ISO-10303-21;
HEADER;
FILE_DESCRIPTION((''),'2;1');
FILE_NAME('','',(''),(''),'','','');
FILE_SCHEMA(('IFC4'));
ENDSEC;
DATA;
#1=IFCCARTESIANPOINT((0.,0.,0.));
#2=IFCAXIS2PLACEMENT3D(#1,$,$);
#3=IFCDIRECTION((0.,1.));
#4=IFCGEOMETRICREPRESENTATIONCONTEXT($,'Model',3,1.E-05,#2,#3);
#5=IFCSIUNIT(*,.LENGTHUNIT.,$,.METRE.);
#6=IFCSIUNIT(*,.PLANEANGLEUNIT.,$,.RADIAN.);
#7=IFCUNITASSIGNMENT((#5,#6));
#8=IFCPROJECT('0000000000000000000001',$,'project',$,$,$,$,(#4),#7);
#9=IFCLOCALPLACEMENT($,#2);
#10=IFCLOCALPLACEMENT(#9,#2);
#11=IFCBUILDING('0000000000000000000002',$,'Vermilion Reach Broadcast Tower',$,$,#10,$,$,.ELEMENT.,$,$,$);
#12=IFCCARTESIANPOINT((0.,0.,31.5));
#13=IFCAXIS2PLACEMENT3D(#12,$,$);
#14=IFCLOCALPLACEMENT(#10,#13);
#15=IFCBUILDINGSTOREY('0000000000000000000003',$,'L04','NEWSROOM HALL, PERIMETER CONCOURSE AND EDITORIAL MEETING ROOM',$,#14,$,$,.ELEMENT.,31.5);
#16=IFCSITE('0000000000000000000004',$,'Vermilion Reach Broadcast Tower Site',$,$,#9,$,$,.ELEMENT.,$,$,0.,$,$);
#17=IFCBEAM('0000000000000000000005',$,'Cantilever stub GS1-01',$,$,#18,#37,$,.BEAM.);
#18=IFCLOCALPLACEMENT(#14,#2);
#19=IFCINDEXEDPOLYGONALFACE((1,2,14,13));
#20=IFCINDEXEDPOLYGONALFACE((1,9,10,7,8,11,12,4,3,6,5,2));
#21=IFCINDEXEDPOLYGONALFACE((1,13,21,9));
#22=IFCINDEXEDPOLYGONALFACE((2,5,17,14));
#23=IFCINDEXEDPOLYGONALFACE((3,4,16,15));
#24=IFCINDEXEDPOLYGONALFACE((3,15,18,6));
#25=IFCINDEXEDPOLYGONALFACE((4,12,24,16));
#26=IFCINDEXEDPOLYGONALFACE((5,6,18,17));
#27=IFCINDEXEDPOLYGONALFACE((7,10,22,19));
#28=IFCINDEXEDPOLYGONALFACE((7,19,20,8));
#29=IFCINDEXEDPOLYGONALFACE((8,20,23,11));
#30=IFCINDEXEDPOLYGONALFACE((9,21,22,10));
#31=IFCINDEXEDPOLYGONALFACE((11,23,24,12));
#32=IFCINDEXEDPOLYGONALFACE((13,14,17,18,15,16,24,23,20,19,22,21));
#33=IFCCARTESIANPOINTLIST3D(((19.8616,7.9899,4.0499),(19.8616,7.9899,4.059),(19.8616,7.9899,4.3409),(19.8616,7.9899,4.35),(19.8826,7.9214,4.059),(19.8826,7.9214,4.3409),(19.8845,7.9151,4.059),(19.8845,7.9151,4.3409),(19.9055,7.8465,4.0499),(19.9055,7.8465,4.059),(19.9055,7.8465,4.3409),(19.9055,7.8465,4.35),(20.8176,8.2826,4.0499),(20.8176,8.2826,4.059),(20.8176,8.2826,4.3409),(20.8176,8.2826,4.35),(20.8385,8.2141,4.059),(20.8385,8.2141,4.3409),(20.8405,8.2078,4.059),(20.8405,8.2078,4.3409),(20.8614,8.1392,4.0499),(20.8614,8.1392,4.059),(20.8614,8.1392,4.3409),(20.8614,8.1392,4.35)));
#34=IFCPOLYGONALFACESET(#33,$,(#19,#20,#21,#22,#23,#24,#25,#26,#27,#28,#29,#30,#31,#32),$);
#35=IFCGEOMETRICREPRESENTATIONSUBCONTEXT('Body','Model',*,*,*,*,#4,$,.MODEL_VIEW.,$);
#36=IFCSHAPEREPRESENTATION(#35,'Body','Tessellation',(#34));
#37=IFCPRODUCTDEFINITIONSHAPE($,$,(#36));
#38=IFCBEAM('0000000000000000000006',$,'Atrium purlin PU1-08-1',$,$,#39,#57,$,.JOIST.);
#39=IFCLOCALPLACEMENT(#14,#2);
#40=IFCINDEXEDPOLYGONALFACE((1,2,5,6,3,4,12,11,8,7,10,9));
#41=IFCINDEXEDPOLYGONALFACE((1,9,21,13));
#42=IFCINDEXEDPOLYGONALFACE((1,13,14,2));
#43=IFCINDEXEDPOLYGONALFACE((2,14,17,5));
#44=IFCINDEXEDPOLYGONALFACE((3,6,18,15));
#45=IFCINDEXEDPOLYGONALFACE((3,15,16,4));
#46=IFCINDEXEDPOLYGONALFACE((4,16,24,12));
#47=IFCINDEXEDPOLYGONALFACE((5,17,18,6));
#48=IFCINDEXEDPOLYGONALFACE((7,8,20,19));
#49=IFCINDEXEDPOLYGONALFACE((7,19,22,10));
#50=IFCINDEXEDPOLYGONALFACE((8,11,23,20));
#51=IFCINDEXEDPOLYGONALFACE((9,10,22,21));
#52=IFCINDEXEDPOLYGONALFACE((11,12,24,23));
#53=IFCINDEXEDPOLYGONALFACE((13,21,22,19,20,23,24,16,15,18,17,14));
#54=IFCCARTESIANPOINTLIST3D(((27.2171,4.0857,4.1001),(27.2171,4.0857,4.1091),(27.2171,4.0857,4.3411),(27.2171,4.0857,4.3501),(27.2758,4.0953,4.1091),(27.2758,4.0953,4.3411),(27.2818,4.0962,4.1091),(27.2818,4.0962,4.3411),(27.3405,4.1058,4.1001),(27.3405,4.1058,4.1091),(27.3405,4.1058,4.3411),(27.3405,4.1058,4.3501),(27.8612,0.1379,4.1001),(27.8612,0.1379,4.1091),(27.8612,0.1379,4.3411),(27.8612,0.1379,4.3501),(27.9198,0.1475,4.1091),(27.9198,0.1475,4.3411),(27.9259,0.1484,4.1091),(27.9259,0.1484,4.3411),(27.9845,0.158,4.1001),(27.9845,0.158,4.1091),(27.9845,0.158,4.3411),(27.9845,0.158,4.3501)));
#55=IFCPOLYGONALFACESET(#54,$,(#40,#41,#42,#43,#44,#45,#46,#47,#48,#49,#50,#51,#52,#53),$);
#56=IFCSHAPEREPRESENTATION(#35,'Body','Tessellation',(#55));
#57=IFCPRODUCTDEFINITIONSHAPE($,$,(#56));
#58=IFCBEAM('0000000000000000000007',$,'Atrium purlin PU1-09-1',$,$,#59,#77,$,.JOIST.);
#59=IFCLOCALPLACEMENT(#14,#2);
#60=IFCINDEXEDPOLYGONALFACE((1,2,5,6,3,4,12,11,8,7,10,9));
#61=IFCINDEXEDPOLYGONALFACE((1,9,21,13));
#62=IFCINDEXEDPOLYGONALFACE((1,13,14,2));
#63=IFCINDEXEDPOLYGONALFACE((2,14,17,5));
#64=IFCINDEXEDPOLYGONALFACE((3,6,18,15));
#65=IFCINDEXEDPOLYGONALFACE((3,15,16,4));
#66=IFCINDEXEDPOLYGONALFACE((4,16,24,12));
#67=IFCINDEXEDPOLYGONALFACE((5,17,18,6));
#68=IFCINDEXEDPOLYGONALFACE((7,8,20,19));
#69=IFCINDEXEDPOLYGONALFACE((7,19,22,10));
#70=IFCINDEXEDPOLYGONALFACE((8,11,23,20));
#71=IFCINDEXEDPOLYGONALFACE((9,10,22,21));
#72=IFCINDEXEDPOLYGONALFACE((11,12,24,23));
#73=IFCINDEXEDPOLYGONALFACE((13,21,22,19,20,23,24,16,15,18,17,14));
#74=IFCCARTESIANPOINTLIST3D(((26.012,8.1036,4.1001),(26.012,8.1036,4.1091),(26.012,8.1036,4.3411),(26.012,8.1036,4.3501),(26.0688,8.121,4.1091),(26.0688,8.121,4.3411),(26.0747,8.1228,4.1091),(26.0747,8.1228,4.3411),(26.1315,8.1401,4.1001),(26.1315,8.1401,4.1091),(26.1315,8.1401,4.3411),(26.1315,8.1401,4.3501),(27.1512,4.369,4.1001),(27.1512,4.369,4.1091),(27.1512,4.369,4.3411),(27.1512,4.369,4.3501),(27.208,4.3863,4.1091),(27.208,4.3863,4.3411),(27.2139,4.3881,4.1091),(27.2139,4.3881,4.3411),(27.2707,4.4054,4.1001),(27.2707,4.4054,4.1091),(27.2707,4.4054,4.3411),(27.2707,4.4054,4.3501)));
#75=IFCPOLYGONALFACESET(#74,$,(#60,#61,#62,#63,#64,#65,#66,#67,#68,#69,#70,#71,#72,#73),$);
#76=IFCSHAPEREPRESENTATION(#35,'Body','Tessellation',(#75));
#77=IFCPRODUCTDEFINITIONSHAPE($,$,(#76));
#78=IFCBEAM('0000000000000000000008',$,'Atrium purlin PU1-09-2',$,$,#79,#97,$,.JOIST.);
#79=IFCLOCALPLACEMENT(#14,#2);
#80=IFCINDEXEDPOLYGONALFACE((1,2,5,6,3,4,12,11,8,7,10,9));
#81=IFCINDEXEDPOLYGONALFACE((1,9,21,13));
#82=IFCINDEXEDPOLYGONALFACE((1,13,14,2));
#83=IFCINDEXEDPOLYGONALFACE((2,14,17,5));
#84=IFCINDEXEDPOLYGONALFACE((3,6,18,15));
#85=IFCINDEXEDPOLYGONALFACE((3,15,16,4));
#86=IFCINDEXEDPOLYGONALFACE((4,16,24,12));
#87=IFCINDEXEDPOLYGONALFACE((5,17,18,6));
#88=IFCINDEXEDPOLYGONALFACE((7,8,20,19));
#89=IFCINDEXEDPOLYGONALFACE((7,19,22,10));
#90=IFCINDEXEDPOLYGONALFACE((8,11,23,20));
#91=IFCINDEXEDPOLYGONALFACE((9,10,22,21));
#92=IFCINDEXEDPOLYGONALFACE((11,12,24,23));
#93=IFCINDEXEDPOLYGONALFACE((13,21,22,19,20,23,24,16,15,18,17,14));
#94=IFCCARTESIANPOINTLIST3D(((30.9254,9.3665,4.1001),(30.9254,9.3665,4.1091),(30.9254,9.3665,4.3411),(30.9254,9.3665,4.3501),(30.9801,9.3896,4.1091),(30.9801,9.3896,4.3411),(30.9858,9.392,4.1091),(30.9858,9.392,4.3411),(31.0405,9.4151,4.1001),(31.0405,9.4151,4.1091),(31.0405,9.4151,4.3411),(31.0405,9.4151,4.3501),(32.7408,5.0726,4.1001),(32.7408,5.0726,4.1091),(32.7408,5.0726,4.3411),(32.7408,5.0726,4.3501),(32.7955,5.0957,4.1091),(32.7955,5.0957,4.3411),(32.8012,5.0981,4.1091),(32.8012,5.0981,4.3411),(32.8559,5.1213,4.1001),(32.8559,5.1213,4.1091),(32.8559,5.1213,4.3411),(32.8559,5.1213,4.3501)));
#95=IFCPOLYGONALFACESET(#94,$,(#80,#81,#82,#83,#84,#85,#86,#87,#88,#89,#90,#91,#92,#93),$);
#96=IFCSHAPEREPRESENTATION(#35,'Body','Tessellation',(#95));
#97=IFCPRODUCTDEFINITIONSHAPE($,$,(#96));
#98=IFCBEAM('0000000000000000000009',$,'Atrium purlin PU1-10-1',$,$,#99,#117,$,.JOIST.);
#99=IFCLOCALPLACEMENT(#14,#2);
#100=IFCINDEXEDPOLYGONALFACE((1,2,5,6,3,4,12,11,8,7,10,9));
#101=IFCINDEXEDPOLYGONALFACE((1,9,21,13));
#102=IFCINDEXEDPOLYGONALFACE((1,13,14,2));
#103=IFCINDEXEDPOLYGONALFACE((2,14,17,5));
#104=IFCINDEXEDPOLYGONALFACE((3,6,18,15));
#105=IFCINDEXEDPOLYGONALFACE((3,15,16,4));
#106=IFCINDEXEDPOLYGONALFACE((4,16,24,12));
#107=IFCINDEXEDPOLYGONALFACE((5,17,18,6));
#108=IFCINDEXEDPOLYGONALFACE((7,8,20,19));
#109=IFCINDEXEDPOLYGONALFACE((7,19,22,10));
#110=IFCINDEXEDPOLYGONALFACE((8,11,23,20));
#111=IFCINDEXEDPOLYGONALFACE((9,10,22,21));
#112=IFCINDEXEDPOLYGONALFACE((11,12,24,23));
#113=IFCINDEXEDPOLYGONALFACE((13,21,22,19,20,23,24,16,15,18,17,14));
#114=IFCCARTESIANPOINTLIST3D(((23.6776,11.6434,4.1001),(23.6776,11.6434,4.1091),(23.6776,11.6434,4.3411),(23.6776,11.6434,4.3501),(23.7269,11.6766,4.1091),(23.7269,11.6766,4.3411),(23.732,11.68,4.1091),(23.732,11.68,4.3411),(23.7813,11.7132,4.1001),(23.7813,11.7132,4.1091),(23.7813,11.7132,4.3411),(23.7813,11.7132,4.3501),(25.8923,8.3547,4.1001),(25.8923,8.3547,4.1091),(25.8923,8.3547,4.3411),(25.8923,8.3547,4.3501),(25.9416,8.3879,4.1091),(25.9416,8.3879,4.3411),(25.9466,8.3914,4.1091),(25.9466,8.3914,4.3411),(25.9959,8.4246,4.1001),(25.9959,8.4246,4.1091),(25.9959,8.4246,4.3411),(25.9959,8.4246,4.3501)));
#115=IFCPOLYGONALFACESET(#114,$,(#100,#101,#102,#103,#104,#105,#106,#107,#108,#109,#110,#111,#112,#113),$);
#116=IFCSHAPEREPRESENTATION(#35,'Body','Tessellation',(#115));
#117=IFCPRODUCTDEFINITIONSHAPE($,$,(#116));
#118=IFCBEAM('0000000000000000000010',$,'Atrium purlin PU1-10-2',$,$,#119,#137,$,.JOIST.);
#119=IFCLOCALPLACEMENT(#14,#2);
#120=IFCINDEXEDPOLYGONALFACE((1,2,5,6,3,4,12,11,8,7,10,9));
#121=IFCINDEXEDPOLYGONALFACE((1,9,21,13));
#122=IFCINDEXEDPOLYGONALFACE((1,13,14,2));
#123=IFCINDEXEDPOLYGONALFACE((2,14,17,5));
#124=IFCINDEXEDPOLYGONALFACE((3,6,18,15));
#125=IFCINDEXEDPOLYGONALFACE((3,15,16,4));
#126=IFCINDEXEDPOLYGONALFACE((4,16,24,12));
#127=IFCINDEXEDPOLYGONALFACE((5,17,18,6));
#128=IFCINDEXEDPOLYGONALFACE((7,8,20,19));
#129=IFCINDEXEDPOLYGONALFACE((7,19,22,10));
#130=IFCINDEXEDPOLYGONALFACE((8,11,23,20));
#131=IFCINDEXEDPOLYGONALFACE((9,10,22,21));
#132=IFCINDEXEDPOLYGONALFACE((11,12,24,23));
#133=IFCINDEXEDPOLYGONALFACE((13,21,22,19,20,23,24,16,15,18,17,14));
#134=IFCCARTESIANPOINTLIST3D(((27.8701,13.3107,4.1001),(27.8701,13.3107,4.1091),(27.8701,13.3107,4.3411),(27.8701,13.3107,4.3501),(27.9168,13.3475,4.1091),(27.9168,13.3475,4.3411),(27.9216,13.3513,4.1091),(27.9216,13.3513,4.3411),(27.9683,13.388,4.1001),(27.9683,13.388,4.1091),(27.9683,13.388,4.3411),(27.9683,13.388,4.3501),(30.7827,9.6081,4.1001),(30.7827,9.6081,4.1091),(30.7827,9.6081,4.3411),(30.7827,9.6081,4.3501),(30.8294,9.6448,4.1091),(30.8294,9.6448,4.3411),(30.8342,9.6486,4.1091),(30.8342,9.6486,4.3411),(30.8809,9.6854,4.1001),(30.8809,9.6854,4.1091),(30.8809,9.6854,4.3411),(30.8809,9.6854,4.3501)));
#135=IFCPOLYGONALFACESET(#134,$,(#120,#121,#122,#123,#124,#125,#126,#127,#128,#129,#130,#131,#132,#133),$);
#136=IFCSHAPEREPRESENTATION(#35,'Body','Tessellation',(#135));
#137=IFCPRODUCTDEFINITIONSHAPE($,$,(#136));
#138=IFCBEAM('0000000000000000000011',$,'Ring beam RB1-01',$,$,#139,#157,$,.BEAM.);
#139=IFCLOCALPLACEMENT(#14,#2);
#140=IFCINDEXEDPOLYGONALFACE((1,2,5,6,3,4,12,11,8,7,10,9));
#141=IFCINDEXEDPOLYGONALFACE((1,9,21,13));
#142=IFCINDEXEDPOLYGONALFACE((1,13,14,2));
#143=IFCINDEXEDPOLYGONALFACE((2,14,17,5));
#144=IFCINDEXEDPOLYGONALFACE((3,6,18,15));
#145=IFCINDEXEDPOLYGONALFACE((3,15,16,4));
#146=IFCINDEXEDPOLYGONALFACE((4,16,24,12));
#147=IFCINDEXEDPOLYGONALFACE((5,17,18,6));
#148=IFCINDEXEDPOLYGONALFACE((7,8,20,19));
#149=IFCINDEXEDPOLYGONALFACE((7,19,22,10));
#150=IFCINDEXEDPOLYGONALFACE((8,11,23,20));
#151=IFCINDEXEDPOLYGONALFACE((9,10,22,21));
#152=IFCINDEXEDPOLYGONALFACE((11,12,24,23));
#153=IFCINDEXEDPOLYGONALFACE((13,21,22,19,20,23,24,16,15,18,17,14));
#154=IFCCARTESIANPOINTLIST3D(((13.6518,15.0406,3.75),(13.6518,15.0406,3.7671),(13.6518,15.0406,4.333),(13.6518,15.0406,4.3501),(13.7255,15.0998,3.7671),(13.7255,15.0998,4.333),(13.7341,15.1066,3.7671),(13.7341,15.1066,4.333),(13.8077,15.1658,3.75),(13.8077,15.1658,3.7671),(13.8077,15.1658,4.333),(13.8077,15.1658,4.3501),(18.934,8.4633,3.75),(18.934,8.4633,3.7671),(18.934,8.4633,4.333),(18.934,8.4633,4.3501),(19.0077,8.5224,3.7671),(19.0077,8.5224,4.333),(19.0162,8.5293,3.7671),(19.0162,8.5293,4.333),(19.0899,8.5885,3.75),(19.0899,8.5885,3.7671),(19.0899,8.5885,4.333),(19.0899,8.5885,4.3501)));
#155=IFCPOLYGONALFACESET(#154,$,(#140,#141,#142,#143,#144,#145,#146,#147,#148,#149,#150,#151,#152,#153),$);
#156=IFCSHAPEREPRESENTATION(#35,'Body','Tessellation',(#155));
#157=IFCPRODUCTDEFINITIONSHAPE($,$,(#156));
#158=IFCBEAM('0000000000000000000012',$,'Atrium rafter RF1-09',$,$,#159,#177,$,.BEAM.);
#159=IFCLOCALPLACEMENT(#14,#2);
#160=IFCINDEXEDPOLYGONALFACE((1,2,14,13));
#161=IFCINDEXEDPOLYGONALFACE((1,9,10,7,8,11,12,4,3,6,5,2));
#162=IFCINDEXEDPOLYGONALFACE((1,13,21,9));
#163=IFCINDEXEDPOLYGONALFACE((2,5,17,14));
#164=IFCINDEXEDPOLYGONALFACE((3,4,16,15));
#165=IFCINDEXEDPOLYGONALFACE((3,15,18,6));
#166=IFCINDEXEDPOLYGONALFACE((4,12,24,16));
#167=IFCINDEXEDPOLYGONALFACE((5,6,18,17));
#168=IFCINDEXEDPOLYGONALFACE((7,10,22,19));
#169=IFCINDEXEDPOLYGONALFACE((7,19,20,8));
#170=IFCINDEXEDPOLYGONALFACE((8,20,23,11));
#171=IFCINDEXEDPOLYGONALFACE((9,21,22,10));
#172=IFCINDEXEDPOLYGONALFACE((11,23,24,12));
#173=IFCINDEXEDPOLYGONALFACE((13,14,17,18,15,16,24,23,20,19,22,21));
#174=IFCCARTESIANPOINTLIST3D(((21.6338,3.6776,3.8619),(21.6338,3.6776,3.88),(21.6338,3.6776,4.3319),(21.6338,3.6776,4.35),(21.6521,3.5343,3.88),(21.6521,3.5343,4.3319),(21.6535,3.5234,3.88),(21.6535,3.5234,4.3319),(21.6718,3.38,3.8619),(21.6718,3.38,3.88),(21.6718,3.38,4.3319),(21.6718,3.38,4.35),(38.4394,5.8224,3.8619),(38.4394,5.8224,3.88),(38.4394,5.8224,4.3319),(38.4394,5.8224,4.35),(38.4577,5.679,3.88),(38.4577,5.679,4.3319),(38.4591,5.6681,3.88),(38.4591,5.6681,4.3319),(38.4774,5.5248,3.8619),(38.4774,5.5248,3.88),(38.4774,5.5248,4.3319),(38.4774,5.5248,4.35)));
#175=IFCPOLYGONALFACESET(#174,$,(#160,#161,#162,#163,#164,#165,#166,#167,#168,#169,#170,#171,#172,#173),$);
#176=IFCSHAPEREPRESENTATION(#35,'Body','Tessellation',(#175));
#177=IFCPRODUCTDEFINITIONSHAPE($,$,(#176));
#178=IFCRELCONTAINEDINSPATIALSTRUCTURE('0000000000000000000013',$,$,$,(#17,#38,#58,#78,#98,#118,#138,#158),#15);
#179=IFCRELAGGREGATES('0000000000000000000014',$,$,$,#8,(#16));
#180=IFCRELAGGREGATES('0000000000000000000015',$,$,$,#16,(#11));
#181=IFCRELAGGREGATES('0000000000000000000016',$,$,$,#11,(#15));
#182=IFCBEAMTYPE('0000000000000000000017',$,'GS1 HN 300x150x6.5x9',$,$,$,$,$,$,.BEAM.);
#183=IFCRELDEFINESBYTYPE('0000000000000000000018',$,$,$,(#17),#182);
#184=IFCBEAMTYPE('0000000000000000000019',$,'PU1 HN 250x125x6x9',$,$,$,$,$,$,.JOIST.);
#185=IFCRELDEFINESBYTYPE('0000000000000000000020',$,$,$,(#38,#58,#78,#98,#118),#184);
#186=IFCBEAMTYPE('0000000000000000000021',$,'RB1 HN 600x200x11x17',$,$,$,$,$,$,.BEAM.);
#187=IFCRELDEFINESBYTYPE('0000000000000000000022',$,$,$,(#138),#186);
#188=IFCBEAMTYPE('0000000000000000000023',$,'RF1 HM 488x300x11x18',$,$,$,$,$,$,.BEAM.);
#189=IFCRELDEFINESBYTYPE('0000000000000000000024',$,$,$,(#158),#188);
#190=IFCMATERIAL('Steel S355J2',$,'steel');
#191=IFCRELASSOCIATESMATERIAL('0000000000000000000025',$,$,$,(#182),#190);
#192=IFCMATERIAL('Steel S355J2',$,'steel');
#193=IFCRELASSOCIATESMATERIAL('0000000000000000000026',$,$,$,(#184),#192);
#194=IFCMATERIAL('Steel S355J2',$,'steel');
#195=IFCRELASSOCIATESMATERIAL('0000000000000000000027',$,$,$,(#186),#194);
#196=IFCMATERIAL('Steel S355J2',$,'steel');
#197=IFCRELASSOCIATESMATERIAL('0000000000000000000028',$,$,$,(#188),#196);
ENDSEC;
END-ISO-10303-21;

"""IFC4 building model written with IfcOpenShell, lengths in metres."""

from ifc_helpers import new_model, si_unit, direction, frame, origin, origin_2d, place, context, subcontext, project, spatial, i_section, extrude, material, material_profile, profile_set, type_object, element, save


model = new_model("IFC4")

# Units and contexts
model_context = context("Model", 3, precision=1e-05, world=origin(), true_north=direction((0.0, 1.0)))
body_context = subcontext(model_context, "Body", "Model", "MODEL_VIEW")
ifc_project = project(units=[si_unit("LENGTHUNIT", "METRE"), si_unit("PLANEANGLEUNIT", "RADIAN")], contexts=[model_context])

# Site, building, storey
site_placement = place(None, origin())
site = spatial("IfcSite", under=ifc_project, at=site_placement, Name="Vermilion Reach Broadcast Tower Site", CompositionType="ELEMENT", RefElevation=0.0)
building_placement = place(site_placement, origin())
building = spatial("IfcBuilding", under=site, at=building_placement, Name="Vermilion Reach Broadcast Tower", CompositionType="ELEMENT")
storey_placement = place(building_placement, frame((0.0, 0.0, 31.5)))
storey = spatial("IfcBuildingStorey", under=building, at=storey_placement, Name="L04", Description="NEWSROOM HALL, PERIMETER CONCOURSE AND EDITORIAL MEETING ROOM", CompositionType="ELEMENT", Elevation=31.5)

# Beams
ifc_material_1 = material(Name="Steel S355J2", Category="steel")
ifc_material_profile_1 = material_profile(ifc_material_1, i_section(OverallWidth=0.1499, OverallDepth=0.3, WebThickness=0.0066, FlangeThickness=0.009, at=origin_2d()), Name="S355J2 HN 300x150x6.5x9")
ifc_profile_set_1 = profile_set([ifc_material_profile_1], Name="Steel S355J2")
beam_type_1 = type_object("IfcBeamType", Name="GS1 HN 300x150x6.5x9", PredefinedType="BEAM", material=ifc_profile_set_1)
beam_1_placement = place(storey_placement, frame((19.8835, 7.9182, 4.2), z_axis=(0.956185, 0.292764, 0.0), x_axis=(-0.292764, 0.956185, 0.0)))
element("IfcBeam", 1, at=beam_1_placement, inside=storey, type_object=beam_type_1, Name="Cantilever stub GS1-01", PredefinedType="BEAM", context=body_context, shape_type="SweptSolid", body=[
    extrude(i_section(OverallWidth=0.1499, OverallDepth=0.3, WebThickness=0.0066, FlangeThickness=0.009, at=origin_2d()), origin(), (0.0, 0.0, 1.0), 0.9998),
])
ifc_material_2 = material(Name="Steel S355J2", Category="steel")
ifc_material_profile_2 = material_profile(ifc_material_2, i_section(OverallWidth=0.125, OverallDepth=0.25, WebThickness=0.0061, FlangeThickness=0.009, at=origin_2d()), Name="S355J2 HN 250x125x6x9")
ifc_profile_set_2 = profile_set([ifc_material_profile_2], Name="Steel S355J2")
beam_type_2 = type_object("IfcBeamType", Name="PU1 HN 250x125x6x9", PredefinedType="JOIST", material=ifc_profile_set_2)
beam_2_placement = place(storey_placement, frame((27.9229, 0.1479, 4.2251), z_axis=(-0.161013, 0.986952, 0.0), x_axis=(-0.986952, -0.161013, 0.0)))
element("IfcBeam", 2, at=beam_2_placement, inside=storey, type_object=beam_type_2, Name="Atrium purlin PU1-08-1", PredefinedType="JOIST", context=body_context, shape_type="SweptSolid", body=[
    extrude(i_section(OverallWidth=0.125, OverallDepth=0.25, WebThickness=0.0061, FlangeThickness=0.009, at=origin_2d()), origin(), (0.0, 0.0, 1.0), 4.0),
])
beam_3_placement = place(storey_placement, frame((27.2109, 4.3872, 4.2251), z_axis=(-0.291756, 0.956493, 0.0), x_axis=(-0.956493, -0.291756, 0.0)))
element("IfcBeam", 3, at=beam_3_placement, inside=storey, type_object=beam_type_2, Name="Atrium purlin PU1-09-1", PredefinedType="JOIST", context=body_context, shape_type="SweptSolid", body=[
    extrude(i_section(OverallWidth=0.125, OverallDepth=0.25, WebThickness=0.0061, FlangeThickness=0.009, at=origin_2d()), origin(), (0.0, 0.0, 1.0), 3.9045),
])
beam_4_placement = place(storey_placement, frame((32.7983, 5.0969, 4.2251), z_axis=(-0.389414, 0.921063, 0.0), x_axis=(-0.921063, -0.389414, 0.0)))
element("IfcBeam", 4, at=beam_4_placement, inside=storey, type_object=beam_type_2, Name="Atrium purlin PU1-09-2", PredefinedType="JOIST", context=body_context, shape_type="SweptSolid", body=[
    extrude(i_section(OverallWidth=0.125, OverallDepth=0.25, WebThickness=0.0061, FlangeThickness=0.009, at=origin_2d()), origin(), (0.0, 0.0, 1.0), 4.6619),
])
beam_5_placement = place(storey_placement, frame((25.9441, 8.3896, 4.2251), z_axis=(-0.558574, 0.829455, 0.0), x_axis=(-0.829455, -0.558574, 0.0)))
element("IfcBeam", 5, at=beam_5_placement, inside=storey, type_object=beam_type_2, Name="Atrium purlin PU1-10-1", PredefinedType="JOIST", context=body_context, shape_type="SweptSolid", body=[
    extrude(i_section(OverallWidth=0.125, OverallDepth=0.25, WebThickness=0.0061, FlangeThickness=0.009, at=origin_2d()), origin(), (0.0, 0.0, 1.0), 3.9648),
])
beam_6_placement = place(storey_placement, frame((30.8318, 9.6467, 4.2251), z_axis=(-0.618265, 0.785969, 0.0), x_axis=(-0.785969, -0.618265, 0.0)))
element("IfcBeam", 6, at=beam_6_placement, inside=storey, type_object=beam_type_2, Name="Atrium purlin PU1-10-2", PredefinedType="JOIST", context=body_context, shape_type="SweptSolid", body=[
    extrude(i_section(OverallWidth=0.125, OverallDepth=0.25, WebThickness=0.0061, FlangeThickness=0.009, at=origin_2d()), origin(), (0.0, 0.0, 1.0), 4.7109),
])
ifc_material_3 = material(Name="Steel S355J2", Category="steel")
ifc_material_profile_3 = material_profile(ifc_material_3, i_section(OverallWidth=0.2, OverallDepth=0.6001, WebThickness=0.011, FlangeThickness=0.0171, at=origin_2d()), Name="S355J2 HN 600x200x11x17")
ifc_profile_set_3 = profile_set([ifc_material_profile_3], Name="Steel S355J2")
beam_type_3 = type_object("IfcBeamType", Name="RB1 HN 600x200x11x17", PredefinedType="BEAM", material=ifc_profile_set_3)
beam_7_placement = place(storey_placement, frame((19.012, 8.5259, 4.05), z_axis=(-0.626162, 0.779693, 0.0), x_axis=(-0.779693, -0.626162, 0.0)))
element("IfcBeam", 7, at=beam_7_placement, inside=storey, type_object=beam_type_3, Name="Ring beam RB1-01", PredefinedType="BEAM", context=body_context, shape_type="SweptSolid", body=[
    extrude(i_section(OverallWidth=0.2, OverallDepth=0.6001, WebThickness=0.011, FlangeThickness=0.0171, at=origin_2d()), origin(), (0.0, 0.0, 1.0), 8.4358),
])
ifc_material_4 = material(Name="Steel S355J2", Category="steel")
ifc_material_profile_4 = material_profile(ifc_material_4, i_section(OverallWidth=0.3, OverallDepth=0.488, WebThickness=0.011, FlangeThickness=0.0181, at=origin_2d()), Name="S355J2 HM 488x300x11x18")
ifc_profile_set_4 = profile_set([ifc_material_profile_4], Name="Steel S355J2")
beam_type_4 = type_object("IfcBeamType", Name="RF1 HM 488x300x11x18", PredefinedType="BEAM", material=ifc_profile_set_4)
beam_8_placement = place(storey_placement, frame((21.6528, 3.5288, 4.106), z_axis=(0.991954, 0.126595, 0.0), x_axis=(-0.126595, 0.991954, 0.0)))
element("IfcBeam", 8, at=beam_8_placement, inside=storey, type_object=beam_type_4, Name="Atrium rafter RF1-09", PredefinedType="BEAM", context=body_context, shape_type="SweptSolid", body=[
    extrude(i_section(OverallWidth=0.3, OverallDepth=0.488, WebThickness=0.011, FlangeThickness=0.0181, at=origin_2d()), origin(), (0.0, 0.0, 1.0), 16.9419),
])

save(model, "model.ifc")
